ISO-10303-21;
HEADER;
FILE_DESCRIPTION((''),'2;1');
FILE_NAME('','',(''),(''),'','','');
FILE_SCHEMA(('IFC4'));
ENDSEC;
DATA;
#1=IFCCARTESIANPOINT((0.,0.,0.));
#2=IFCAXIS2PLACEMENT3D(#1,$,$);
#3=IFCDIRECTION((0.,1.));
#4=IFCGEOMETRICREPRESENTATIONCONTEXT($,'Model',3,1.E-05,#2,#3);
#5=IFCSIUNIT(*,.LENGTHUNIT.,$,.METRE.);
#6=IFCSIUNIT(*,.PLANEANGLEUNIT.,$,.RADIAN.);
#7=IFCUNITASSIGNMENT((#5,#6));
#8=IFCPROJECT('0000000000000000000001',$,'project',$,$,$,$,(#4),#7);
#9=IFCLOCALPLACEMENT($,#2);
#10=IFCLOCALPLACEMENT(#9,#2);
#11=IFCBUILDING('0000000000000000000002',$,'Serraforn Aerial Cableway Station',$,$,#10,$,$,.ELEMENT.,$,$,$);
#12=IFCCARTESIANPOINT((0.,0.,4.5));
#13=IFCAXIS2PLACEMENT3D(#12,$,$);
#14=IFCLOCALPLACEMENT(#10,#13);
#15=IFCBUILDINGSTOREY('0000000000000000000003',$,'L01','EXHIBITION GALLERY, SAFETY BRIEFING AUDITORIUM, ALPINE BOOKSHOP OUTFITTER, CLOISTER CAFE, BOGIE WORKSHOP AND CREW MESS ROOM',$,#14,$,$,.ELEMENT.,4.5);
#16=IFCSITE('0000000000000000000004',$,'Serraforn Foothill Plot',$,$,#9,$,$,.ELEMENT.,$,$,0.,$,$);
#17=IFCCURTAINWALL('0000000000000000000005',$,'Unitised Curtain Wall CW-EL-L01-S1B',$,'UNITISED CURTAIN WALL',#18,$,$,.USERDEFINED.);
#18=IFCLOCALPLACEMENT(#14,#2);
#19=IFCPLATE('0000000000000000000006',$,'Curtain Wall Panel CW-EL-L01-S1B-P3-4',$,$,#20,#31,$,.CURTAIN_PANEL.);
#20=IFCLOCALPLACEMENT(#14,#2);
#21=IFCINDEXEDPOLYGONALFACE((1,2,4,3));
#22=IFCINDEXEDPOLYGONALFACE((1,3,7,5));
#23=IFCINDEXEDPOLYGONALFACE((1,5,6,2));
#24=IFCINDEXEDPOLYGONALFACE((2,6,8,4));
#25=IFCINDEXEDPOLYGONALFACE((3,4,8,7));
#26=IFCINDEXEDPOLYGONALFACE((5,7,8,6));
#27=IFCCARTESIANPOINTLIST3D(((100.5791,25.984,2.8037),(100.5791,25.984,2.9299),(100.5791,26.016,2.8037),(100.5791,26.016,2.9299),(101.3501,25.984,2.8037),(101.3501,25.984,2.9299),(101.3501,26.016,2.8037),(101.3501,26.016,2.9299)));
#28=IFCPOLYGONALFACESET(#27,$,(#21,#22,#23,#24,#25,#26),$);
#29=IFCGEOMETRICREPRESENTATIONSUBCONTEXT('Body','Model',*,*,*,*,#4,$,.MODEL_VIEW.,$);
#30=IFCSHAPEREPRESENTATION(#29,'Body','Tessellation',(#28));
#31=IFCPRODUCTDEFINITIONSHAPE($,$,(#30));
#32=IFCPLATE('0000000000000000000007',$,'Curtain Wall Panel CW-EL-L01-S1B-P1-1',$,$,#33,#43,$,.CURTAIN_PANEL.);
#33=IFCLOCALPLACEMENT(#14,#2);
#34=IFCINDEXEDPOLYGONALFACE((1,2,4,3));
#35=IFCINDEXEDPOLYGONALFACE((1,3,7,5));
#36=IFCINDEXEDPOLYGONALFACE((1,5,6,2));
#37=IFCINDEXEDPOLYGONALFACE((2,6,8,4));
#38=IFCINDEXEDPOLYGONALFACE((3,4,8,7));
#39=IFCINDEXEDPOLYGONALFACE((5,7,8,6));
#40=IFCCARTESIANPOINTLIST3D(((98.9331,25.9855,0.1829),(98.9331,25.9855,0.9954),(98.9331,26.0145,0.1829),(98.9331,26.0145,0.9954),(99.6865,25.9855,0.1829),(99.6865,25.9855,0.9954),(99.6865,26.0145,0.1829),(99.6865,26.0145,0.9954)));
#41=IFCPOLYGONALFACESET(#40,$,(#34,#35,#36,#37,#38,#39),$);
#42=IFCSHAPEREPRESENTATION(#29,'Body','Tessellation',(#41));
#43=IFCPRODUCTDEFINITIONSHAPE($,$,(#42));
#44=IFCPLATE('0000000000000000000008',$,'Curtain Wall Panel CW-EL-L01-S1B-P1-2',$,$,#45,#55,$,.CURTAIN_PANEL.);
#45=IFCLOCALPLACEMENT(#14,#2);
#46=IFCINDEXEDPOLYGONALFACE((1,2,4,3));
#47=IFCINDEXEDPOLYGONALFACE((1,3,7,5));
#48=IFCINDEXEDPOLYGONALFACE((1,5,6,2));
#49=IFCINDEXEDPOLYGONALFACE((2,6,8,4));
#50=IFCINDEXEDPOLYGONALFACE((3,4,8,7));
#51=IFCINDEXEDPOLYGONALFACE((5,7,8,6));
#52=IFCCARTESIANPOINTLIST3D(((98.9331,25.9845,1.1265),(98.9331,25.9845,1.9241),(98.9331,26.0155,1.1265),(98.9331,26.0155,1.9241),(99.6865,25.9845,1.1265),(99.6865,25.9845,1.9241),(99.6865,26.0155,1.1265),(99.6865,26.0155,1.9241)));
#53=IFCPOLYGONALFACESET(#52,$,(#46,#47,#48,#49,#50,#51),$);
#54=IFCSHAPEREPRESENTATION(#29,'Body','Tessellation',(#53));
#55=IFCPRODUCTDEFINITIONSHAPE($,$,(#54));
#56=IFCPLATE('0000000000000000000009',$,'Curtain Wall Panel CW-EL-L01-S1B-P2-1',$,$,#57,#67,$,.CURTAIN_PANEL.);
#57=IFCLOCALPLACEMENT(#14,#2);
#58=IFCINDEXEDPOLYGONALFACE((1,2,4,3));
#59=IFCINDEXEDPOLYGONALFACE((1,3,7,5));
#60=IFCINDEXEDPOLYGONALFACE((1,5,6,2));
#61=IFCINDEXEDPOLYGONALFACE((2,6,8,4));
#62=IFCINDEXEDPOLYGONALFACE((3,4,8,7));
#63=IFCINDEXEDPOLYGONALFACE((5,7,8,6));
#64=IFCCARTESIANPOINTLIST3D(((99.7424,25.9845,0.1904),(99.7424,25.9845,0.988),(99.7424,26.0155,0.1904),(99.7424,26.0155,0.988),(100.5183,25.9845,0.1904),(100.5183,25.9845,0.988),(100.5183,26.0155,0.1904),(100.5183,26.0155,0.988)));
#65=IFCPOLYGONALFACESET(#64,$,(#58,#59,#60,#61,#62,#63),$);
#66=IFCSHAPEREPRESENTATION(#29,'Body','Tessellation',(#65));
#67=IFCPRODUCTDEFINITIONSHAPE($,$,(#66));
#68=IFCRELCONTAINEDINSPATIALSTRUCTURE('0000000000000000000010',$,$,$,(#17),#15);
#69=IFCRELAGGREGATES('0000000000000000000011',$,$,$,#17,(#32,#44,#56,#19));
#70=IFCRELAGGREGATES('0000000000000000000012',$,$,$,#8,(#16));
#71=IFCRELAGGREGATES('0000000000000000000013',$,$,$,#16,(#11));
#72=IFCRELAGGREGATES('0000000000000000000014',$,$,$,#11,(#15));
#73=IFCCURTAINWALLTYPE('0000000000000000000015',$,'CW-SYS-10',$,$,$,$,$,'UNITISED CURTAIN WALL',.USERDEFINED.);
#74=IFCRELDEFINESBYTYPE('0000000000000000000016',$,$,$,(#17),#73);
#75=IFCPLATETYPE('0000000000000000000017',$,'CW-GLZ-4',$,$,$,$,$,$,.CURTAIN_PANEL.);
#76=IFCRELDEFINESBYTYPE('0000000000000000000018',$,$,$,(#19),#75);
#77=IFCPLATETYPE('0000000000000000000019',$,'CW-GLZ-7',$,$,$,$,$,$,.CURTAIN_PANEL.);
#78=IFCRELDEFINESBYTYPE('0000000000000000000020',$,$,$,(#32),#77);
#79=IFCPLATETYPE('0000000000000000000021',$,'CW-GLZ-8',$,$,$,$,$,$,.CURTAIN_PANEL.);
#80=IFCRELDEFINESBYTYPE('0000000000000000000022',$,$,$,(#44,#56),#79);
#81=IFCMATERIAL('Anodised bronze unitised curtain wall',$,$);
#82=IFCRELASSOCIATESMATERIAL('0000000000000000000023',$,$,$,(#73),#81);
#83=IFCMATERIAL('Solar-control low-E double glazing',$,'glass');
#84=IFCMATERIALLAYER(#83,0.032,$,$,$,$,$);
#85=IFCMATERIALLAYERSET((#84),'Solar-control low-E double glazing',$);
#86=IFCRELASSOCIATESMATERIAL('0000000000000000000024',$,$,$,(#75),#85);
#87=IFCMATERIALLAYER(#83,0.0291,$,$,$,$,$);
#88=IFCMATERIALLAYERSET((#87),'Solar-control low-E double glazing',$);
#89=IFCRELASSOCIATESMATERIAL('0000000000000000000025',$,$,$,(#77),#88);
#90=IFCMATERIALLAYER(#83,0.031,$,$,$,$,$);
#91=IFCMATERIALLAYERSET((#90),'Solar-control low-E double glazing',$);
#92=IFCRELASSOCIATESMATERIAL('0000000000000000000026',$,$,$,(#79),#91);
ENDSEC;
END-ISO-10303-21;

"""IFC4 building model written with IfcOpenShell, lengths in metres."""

from ifc_helpers import new_model, si_unit, direction, frame, origin, origin_2d, place, context, subcontext, project, spatial, rectangle, extrude, material, layer, layer_set, type_object, element, aggregate, save


model = new_model("IFC4")

# Units and contexts
model_context = context("Model", 3, precision=1e-05, world=origin(), true_north=direction((0.0, 1.0)))
body_context = subcontext(model_context, "Body", "Model", "MODEL_VIEW")
ifc_project = project(units=[si_unit("LENGTHUNIT", "METRE"), si_unit("PLANEANGLEUNIT", "RADIAN")], contexts=[model_context])

# Site, building, storey
site_placement = place(None, origin())
site = spatial("IfcSite", under=ifc_project, at=site_placement, Name="Serraforn Foothill Plot", CompositionType="ELEMENT", RefElevation=0.0)
building_placement = place(site_placement, origin())
building = spatial("IfcBuilding", under=site, at=building_placement, Name="Serraforn Aerial Cableway Station", CompositionType="ELEMENT")
storey_placement = place(building_placement, frame((0.0, 0.0, 4.5)))
storey = spatial("IfcBuildingStorey", under=building, at=storey_placement, Name="L01", Description="EXHIBITION GALLERY, SAFETY BRIEFING AUDITORIUM, ALPINE BOOKSHOP OUTFITTER, CLOISTER CAFE, BOGIE WORKSHOP AND CREW MESS ROOM", CompositionType="ELEMENT", Elevation=4.5)

# Curtain wall, plates
ifc_material_1 = material(Name="Anodised bronze unitised curtain wall")
curtain_wall_type = type_object("IfcCurtainWallType", Name="CW-SYS-10", ElementType="UNITISED CURTAIN WALL", PredefinedType="USERDEFINED", material=ifc_material_1)
curtain_wall_placement = place(storey_placement, origin())
curtain_wall = element("IfcCurtainWall", 1, at=curtain_wall_placement, inside=storey, type_object=curtain_wall_type, Name="Unitised Curtain Wall CW-EL-L01-S1B", ObjectType="UNITISED CURTAIN WALL", PredefinedType="USERDEFINED")
ifc_material_2 = material(Name="Solar-control low-E double glazing", Category="glass")
ifc_layer_1 = layer(ifc_material_2, 0.032)
ifc_layer_set_1 = layer_set([ifc_layer_1], Name="Solar-control low-E double glazing")
plate_type_1 = type_object("IfcPlateType", Name="CW-GLZ-4", PredefinedType="CURTAIN_PANEL", material=ifc_layer_set_1)
plate_1_placement = place(storey_placement, frame((100.9646, 26.0, 2.8037), z_axis=(0.0, 0.0, 1.0), x_axis=(1.0, 0.0, 0.0)))
plate_1 = element("IfcPlate", 2, at=plate_1_placement, type_object=plate_type_1, Name="Curtain Wall Panel CW-EL-L01-S1B-P3-4", PredefinedType="CURTAIN_PANEL", context=body_context, shape_type="SweptSolid", body=[
    extrude(rectangle(XDim=0.771, YDim=0.032, at=origin_2d()), origin(), (0.0, 0.0, 1.0), 0.1262),
])
ifc_layer_2 = layer(ifc_material_2, 0.0291)
ifc_layer_set_2 = layer_set([ifc_layer_2], Name="Solar-control low-E double glazing")
plate_type_2 = type_object("IfcPlateType", Name="CW-GLZ-7", PredefinedType="CURTAIN_PANEL", material=ifc_layer_set_2)
plate_2_placement = place(storey_placement, frame((99.3098, 26.0, 0.1829), z_axis=(0.0, 0.0, 1.0), x_axis=(1.0, 0.0, 0.0)))
plate_2 = element("IfcPlate", 3, at=plate_2_placement, type_object=plate_type_2, Name="Curtain Wall Panel CW-EL-L01-S1B-P1-1", PredefinedType="CURTAIN_PANEL", context=body_context, shape_type="SweptSolid", body=[
    extrude(rectangle(XDim=0.7534, YDim=0.0291, at=origin_2d()), origin(), (0.0, 0.0, 1.0), 0.8125),
])
ifc_layer_3 = layer(ifc_material_2, 0.031)
ifc_layer_set_3 = layer_set([ifc_layer_3], Name="Solar-control low-E double glazing")
plate_type_3 = type_object("IfcPlateType", Name="CW-GLZ-8", PredefinedType="CURTAIN_PANEL", material=ifc_layer_set_3)
plate_3_placement = place(storey_placement, frame((99.3098, 26.0, 1.1265), z_axis=(0.0, 0.0, 1.0), x_axis=(1.0, 0.0, 0.0)))
plate_3 = element("IfcPlate", 4, at=plate_3_placement, type_object=plate_type_3, Name="Curtain Wall Panel CW-EL-L01-S1B-P1-2", PredefinedType="CURTAIN_PANEL", context=body_context, shape_type="SweptSolid", body=[
    extrude(rectangle(XDim=0.7534, YDim=0.031, at=origin_2d()), origin(), (0.0, 0.0, 1.0), 0.7976),
])
plate_4_placement = place(storey_placement, frame((100.1304, 26.0, 0.1904), z_axis=(0.0, 0.0, 1.0), x_axis=(1.0, 0.0, 0.0)))
plate_4 = element("IfcPlate", 5, at=plate_4_placement, type_object=plate_type_3, Name="Curtain Wall Panel CW-EL-L01-S1B-P2-1", PredefinedType="CURTAIN_PANEL", context=body_context, shape_type="SweptSolid", body=[
    extrude(rectangle(XDim=0.7759, YDim=0.031, at=origin_2d()), origin(), (0.0, 0.0, 1.0), 0.7976),
])
aggregate(curtain_wall, [plate_2, plate_3, plate_4, plate_1])

save(model, "model.ifc")
